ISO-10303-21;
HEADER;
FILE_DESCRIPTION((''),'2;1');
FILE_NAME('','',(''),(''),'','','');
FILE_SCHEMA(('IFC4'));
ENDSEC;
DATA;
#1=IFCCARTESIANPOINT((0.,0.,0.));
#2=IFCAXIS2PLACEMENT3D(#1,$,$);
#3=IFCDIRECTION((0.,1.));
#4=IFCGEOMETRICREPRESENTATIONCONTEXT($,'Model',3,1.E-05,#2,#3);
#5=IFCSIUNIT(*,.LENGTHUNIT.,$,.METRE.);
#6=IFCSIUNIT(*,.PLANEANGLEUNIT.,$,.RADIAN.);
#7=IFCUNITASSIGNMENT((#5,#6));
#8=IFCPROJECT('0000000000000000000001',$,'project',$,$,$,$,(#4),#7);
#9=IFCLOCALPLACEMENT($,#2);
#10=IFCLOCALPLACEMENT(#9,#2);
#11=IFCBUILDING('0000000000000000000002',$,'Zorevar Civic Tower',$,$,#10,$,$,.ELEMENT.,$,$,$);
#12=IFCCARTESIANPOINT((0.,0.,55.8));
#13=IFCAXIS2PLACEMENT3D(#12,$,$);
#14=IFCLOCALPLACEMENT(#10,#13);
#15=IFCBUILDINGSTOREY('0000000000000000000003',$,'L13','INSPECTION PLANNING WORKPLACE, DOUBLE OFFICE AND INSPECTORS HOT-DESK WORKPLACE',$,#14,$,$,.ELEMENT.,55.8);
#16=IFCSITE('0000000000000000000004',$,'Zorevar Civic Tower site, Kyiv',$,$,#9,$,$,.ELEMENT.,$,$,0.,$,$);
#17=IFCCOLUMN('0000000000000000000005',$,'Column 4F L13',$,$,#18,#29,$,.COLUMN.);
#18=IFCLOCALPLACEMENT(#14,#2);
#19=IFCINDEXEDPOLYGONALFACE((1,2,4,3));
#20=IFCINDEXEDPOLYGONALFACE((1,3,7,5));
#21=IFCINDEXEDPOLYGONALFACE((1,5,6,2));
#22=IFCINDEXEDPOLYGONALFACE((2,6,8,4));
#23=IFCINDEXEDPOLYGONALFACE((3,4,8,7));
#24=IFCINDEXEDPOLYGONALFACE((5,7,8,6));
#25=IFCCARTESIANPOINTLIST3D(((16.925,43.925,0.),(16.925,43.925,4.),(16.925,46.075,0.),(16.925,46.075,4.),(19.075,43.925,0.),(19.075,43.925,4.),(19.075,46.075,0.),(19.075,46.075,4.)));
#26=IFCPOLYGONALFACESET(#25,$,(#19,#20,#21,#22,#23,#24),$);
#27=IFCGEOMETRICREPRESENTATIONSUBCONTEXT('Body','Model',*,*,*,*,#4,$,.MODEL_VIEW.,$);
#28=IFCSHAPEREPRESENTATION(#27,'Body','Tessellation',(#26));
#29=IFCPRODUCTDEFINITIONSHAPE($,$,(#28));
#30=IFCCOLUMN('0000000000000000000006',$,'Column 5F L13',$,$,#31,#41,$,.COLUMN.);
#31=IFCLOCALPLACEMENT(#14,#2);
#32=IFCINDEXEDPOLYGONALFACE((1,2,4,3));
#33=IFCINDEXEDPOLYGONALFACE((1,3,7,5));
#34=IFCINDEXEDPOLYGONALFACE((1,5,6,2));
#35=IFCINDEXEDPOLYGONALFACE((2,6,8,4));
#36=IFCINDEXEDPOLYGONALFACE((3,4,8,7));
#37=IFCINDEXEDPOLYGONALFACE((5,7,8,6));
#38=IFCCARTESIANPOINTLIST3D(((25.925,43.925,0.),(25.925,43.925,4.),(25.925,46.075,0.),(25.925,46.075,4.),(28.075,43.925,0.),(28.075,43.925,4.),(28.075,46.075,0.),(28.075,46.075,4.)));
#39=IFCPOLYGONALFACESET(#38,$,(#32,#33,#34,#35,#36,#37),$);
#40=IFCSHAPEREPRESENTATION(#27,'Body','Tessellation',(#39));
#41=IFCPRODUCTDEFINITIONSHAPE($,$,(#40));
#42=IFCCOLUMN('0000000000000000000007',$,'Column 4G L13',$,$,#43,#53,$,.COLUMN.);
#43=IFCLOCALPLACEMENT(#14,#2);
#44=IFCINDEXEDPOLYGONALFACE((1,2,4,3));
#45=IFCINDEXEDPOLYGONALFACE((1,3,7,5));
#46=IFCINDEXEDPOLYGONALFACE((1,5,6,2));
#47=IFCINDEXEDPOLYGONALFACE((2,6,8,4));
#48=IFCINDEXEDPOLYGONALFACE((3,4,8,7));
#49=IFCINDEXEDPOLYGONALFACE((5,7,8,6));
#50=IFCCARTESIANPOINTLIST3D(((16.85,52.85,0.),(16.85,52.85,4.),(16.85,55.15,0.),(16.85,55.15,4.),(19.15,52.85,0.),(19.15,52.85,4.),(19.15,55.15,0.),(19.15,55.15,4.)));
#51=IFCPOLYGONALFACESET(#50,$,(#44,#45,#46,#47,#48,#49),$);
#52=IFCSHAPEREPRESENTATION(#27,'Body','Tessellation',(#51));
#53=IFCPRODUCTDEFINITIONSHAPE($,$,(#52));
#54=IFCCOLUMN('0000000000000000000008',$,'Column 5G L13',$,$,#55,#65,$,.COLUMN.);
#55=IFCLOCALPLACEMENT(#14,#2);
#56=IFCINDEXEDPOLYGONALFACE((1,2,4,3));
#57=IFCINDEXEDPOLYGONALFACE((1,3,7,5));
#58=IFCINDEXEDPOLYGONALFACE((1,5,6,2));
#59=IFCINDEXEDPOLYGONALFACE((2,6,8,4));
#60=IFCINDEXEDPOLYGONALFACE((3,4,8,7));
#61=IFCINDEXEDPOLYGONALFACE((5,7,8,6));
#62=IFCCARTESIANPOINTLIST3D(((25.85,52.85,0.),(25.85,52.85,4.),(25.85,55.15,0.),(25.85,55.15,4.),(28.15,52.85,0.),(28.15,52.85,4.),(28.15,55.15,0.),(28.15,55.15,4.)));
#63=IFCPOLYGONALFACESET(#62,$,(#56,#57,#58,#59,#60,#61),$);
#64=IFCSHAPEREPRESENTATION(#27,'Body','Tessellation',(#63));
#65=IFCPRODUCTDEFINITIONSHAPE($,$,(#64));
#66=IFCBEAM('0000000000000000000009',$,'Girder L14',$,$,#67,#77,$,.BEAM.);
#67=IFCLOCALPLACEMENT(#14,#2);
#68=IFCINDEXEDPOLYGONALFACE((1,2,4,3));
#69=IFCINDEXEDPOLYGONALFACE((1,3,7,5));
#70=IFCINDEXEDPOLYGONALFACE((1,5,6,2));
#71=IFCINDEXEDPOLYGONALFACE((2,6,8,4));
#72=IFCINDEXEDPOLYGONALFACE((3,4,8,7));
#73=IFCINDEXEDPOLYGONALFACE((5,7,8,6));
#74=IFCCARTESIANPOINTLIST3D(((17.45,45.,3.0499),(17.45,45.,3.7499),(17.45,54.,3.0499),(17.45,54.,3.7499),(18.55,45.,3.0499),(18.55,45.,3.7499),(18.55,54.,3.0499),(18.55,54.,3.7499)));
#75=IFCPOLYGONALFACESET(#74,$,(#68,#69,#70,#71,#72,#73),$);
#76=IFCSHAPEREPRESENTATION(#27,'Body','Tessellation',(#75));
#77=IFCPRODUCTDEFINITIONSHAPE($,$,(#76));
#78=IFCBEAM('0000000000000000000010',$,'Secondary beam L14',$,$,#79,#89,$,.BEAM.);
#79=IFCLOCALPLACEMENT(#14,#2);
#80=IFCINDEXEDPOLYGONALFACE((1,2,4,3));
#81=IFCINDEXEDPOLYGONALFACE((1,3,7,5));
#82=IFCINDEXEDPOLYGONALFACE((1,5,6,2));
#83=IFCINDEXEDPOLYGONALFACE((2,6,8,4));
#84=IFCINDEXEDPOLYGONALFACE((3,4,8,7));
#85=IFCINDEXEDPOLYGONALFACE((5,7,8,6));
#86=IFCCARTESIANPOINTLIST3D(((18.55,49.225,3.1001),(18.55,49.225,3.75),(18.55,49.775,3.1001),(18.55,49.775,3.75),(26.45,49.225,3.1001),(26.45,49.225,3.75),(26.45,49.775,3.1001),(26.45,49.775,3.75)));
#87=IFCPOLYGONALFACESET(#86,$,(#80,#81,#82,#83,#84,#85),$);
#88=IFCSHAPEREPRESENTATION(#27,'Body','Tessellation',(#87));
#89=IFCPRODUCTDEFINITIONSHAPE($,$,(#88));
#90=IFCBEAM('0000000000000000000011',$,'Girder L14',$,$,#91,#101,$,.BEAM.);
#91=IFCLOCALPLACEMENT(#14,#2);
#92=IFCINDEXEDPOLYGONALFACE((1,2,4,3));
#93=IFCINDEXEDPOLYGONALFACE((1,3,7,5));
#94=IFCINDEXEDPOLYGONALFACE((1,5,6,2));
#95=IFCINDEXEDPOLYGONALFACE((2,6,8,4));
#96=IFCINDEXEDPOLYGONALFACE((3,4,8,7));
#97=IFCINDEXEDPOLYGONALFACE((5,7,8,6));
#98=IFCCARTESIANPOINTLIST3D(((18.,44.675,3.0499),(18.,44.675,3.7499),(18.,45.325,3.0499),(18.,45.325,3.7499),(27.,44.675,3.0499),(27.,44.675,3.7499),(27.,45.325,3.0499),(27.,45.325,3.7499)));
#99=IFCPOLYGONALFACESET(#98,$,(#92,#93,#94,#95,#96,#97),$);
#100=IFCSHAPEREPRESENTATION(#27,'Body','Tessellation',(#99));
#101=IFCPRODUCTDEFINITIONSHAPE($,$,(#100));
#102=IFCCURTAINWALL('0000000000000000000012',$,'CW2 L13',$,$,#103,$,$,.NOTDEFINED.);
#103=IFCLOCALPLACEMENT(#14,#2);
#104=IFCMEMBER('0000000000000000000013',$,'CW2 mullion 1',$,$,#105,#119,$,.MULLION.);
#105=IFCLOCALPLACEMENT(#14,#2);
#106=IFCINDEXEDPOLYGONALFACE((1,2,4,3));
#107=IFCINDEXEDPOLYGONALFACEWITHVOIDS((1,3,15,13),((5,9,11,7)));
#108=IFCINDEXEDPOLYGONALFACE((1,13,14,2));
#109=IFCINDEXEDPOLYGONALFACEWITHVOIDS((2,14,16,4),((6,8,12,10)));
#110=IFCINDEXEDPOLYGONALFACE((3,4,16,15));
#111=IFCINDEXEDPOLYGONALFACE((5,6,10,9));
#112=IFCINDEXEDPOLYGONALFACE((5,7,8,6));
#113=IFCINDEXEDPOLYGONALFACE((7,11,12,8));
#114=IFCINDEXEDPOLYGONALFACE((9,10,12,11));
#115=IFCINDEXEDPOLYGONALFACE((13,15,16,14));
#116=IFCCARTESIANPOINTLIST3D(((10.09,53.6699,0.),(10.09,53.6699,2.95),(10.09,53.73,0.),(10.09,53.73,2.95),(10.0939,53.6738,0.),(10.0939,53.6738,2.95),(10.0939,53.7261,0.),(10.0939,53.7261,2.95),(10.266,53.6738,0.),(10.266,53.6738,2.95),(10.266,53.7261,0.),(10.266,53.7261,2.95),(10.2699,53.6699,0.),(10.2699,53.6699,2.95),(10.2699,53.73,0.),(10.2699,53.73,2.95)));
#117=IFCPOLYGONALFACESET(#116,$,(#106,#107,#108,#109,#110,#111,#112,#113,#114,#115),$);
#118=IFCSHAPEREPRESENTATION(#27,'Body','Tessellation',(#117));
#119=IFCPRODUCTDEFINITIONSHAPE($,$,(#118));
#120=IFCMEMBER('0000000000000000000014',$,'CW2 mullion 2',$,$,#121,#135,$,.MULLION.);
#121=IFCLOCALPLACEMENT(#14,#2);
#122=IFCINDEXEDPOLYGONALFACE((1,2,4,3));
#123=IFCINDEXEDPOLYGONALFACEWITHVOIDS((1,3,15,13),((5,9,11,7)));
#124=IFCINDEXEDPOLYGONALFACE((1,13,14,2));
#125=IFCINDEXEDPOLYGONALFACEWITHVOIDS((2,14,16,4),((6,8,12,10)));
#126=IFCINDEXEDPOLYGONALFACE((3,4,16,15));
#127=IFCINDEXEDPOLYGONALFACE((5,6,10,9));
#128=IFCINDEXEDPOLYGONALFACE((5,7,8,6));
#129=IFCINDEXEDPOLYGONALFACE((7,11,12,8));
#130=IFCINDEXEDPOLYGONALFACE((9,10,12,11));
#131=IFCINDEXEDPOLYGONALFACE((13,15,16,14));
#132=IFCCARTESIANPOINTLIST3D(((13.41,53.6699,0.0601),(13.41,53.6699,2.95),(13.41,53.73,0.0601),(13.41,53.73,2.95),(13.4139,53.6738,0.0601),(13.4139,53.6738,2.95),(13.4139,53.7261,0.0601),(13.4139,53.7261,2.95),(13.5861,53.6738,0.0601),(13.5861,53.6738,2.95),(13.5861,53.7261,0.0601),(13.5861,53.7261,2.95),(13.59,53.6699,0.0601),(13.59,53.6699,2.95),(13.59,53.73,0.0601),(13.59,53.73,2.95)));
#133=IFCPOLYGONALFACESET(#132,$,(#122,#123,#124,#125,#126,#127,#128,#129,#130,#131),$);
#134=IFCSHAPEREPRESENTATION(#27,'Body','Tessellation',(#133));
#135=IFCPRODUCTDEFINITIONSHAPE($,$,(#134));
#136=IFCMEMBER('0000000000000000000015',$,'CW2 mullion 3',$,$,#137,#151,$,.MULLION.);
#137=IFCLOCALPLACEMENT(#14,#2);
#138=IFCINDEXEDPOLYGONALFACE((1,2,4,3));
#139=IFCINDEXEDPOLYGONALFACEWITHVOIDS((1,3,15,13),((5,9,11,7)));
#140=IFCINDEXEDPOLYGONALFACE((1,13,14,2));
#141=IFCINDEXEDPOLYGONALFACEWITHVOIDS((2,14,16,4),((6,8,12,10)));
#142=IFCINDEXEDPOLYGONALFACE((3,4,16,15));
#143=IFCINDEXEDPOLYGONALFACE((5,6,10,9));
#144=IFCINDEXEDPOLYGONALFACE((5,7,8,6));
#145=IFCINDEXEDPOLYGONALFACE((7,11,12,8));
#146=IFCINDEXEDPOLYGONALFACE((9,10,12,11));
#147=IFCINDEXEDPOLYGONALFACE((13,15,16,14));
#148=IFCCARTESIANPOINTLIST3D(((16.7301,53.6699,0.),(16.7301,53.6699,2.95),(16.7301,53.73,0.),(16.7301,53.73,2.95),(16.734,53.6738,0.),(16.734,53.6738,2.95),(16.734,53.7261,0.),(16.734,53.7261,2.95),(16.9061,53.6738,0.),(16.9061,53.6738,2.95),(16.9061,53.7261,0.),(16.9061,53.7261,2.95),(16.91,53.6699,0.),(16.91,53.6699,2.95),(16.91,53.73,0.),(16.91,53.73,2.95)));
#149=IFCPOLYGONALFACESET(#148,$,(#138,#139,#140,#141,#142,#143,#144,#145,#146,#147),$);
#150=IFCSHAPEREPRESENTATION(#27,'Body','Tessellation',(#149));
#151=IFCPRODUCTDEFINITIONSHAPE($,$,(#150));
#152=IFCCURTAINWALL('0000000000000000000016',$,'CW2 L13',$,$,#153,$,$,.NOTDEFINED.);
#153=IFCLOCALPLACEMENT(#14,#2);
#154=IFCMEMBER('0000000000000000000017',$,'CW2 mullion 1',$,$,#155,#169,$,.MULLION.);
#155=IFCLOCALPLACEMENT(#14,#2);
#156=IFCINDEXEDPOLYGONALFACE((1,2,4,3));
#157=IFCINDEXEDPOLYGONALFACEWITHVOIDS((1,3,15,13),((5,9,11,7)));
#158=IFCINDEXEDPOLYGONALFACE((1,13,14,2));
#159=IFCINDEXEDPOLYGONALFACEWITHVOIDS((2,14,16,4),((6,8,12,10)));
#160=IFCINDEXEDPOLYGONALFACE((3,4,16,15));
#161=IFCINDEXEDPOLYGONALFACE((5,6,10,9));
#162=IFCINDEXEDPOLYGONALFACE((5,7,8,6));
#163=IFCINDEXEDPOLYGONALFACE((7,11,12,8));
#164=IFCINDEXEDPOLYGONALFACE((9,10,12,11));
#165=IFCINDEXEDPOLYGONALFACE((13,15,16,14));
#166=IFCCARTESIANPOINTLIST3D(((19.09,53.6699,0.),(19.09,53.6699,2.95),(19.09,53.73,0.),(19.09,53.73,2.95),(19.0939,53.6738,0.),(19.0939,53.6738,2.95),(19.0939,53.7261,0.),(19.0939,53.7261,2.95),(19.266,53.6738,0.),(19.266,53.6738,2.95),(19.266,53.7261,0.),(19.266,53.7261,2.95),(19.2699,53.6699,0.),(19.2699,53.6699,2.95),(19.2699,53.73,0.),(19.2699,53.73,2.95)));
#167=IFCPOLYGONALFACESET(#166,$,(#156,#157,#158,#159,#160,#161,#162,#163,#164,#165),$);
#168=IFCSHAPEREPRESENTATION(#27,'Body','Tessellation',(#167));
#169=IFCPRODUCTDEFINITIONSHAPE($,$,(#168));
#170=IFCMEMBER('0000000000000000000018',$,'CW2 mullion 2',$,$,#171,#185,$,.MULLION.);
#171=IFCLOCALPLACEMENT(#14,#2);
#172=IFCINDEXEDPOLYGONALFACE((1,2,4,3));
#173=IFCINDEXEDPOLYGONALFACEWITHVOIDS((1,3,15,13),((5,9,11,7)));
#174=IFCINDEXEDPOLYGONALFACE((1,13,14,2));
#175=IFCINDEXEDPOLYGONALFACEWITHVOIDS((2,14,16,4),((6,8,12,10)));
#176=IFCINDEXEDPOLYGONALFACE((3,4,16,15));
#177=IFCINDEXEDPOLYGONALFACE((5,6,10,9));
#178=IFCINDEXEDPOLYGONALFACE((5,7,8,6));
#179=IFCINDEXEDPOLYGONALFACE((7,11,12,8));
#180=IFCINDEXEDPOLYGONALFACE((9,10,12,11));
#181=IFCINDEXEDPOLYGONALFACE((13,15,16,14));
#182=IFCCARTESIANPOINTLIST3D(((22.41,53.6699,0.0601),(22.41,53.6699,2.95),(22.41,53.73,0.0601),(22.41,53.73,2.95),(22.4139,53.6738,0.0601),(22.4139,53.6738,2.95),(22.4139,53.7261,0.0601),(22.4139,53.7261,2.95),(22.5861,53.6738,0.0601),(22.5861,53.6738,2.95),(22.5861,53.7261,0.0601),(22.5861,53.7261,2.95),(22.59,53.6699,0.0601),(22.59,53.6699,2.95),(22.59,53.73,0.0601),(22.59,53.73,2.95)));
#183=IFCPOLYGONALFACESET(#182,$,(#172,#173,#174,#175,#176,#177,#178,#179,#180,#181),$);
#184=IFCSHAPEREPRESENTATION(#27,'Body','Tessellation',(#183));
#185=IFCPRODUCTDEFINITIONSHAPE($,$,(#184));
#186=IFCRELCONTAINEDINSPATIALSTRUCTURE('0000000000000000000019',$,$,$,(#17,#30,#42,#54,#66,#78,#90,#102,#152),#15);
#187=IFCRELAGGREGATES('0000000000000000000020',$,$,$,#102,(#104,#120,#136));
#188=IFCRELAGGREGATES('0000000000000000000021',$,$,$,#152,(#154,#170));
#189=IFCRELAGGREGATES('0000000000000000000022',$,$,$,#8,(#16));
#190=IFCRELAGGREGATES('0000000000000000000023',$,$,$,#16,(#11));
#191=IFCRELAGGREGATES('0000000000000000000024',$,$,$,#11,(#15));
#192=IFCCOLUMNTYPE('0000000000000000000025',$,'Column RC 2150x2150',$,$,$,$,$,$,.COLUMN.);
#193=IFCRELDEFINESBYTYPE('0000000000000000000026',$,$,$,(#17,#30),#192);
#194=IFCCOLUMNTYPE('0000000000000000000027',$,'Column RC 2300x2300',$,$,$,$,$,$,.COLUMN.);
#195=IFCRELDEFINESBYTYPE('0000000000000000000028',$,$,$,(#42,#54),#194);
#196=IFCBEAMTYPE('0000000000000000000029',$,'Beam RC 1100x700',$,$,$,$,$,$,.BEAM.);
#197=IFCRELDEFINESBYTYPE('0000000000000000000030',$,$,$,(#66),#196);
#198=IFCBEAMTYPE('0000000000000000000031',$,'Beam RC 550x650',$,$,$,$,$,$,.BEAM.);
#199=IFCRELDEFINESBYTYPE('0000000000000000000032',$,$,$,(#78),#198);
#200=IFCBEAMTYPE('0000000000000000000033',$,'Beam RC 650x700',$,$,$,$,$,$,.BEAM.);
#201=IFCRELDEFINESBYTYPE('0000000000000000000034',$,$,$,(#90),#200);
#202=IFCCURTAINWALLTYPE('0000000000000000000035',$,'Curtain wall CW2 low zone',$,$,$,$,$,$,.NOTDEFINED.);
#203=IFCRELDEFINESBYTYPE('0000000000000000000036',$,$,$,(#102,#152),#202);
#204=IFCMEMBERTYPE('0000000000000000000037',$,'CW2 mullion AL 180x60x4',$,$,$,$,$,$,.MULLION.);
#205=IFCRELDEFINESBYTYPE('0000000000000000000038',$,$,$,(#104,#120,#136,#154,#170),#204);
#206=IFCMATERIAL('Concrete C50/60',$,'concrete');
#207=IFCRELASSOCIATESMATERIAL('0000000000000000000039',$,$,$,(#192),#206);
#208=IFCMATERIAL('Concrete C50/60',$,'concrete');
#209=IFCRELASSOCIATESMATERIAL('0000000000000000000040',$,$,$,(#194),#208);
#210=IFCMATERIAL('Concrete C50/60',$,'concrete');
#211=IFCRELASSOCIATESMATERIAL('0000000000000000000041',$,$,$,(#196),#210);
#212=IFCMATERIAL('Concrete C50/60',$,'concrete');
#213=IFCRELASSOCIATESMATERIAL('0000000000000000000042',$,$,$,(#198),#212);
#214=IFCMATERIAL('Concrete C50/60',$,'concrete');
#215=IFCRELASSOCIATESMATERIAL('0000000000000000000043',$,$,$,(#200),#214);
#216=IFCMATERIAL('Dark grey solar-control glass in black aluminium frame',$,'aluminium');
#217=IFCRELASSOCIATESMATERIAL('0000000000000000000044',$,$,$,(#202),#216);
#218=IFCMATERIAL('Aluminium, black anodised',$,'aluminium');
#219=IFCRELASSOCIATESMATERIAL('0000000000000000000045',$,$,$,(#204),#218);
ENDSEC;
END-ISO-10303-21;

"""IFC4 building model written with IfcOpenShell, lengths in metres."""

from ifc_helpers import new_model, si_unit, direction, frame, origin, origin_2d, place, context, subcontext, project, spatial, rectangle, hollow_rectangle, extrude, material, material_profile, profile_set, type_object, element, aggregate, save


model = new_model("IFC4")

# Units and contexts
model_context = context("Model", 3, precision=1e-05, world=origin(), true_north=direction((0.0, 1.0)))
body_context = subcontext(model_context, "Body", "Model", "MODEL_VIEW")
ifc_project = project(units=[si_unit("LENGTHUNIT", "METRE"), si_unit("PLANEANGLEUNIT", "RADIAN")], contexts=[model_context])

# Site, building, storey
site_placement = place(None, origin())
site = spatial("IfcSite", under=ifc_project, at=site_placement, Name="Zorevar Civic Tower site, Kyiv", CompositionType="ELEMENT", RefElevation=0.0)
building_placement = place(site_placement, origin())
building = spatial("IfcBuilding", under=site, at=building_placement, Name="Zorevar Civic Tower", CompositionType="ELEMENT")
storey_placement = place(building_placement, frame((0.0, 0.0, 55.8)))
storey = spatial("IfcBuildingStorey", under=building, at=storey_placement, Name="L13", Description="INSPECTION PLANNING WORKPLACE, DOUBLE OFFICE AND INSPECTORS HOT-DESK WORKPLACE", CompositionType="ELEMENT", Elevation=55.8)

# Columns
ifc_material_1 = material(Name="Concrete C50/60", Category="concrete")
ifc_material_profile_1 = material_profile(ifc_material_1, rectangle(XDim=2.1499, YDim=2.1499, at=origin_2d()), Name="RC 2150x2150")
ifc_profile_set_1 = profile_set([ifc_material_profile_1], Name="Concrete C50/60")
column_type_1 = type_object("IfcColumnType", Name="Column RC 2150x2150", PredefinedType="COLUMN", material=ifc_profile_set_1)
for number, where, z_axis, x_axis, name in (
    (1, (18.0, 45.0, 0.0), (0.0, 0.0, 1.0), (1.0, 0.0, 0.0), "Column 4F L13"),
    (2, (27.0, 45.0, 0.0), (0.0, 0.0, 1.0), (1.0, 0.0, 0.0), "Column 5F L13"),
):
    element("IfcColumn", number, at=place(storey_placement, frame(where, z_axis=z_axis, x_axis=x_axis)), inside=storey, type_object=column_type_1, Name=name, PredefinedType="COLUMN", context=body_context, shape_type="SweptSolid", body=[
        extrude(rectangle(XDim=2.1499, YDim=2.1499, at=origin_2d()), origin(), (0.0, 0.0, 1.0), 4.0),
    ])
ifc_material_2 = material(Name="Concrete C50/60", Category="concrete")
ifc_material_profile_2 = material_profile(ifc_material_2, rectangle(XDim=2.3, YDim=2.3, at=origin_2d()), Name="RC 2300x2300")
ifc_profile_set_2 = profile_set([ifc_material_profile_2], Name="Concrete C50/60")
column_type_2 = type_object("IfcColumnType", Name="Column RC 2300x2300", PredefinedType="COLUMN", material=ifc_profile_set_2)
for number, where, z_axis, x_axis, name in (
    (3, (18.0, 54.0, 0.0), (0.0, 0.0, 1.0), (1.0, 0.0, 0.0), "Column 4G L13"),
    (4, (27.0, 54.0, 0.0), (0.0, 0.0, 1.0), (1.0, 0.0, 0.0), "Column 5G L13"),
):
    element("IfcColumn", number, at=place(storey_placement, frame(where, z_axis=z_axis, x_axis=x_axis)), inside=storey, type_object=column_type_2, Name=name, PredefinedType="COLUMN", context=body_context, shape_type="SweptSolid", body=[
        extrude(rectangle(XDim=2.3, YDim=2.3, at=origin_2d()), origin(), (0.0, 0.0, 1.0), 4.0),
    ])

# Beams
ifc_material_3 = material(Name="Concrete C50/60", Category="concrete")
ifc_material_profile_3 = material_profile(ifc_material_3, rectangle(XDim=1.1001, YDim=0.7, at=origin_2d()), Name="RC 1100x700")
ifc_profile_set_3 = profile_set([ifc_material_profile_3], Name="Concrete C50/60")
beam_type_1 = type_object("IfcBeamType", Name="Beam RC 1100x700", PredefinedType="BEAM", material=ifc_profile_set_3)
beam_1_placement = place(storey_placement, frame((18.0, 45.0, 3.3999), z_axis=(0.0, 1.0, 0.0), x_axis=(-1.0, 0.0, 0.0)))
element("IfcBeam", 5, at=beam_1_placement, inside=storey, type_object=beam_type_1, Name="Girder L14", PredefinedType="BEAM", context=body_context, shape_type="SweptSolid", body=[
    extrude(rectangle(XDim=1.1001, YDim=0.7, at=origin_2d()), origin(), (0.0, 0.0, 1.0), 9.0),
])
ifc_material_4 = material(Name="Concrete C50/60", Category="concrete")
ifc_material_profile_4 = material_profile(ifc_material_4, rectangle(XDim=0.55, YDim=0.6499, at=origin_2d()), Name="RC 550x650")
ifc_profile_set_4 = profile_set([ifc_material_profile_4], Name="Concrete C50/60")
beam_type_2 = type_object("IfcBeamType", Name="Beam RC 550x650", PredefinedType="BEAM", material=ifc_profile_set_4)
beam_2_placement = place(storey_placement, frame((18.55, 49.5, 3.425), z_axis=(1.0, 0.0, 0.0), x_axis=(0.0, 1.0, 0.0)))
element("IfcBeam", 6, at=beam_2_placement, inside=storey, type_object=beam_type_2, Name="Secondary beam L14", PredefinedType="BEAM", context=body_context, shape_type="SweptSolid", body=[
    extrude(rectangle(XDim=0.55, YDim=0.6499, at=origin_2d()), origin(), (0.0, 0.0, 1.0), 7.8999),
])
ifc_material_5 = material(Name="Concrete C50/60", Category="concrete")
ifc_material_profile_5 = material_profile(ifc_material_5, rectangle(XDim=0.6499, YDim=0.7, at=origin_2d()), Name="RC 650x700")
ifc_profile_set_5 = profile_set([ifc_material_profile_5], Name="Concrete C50/60")
beam_type_3 = type_object("IfcBeamType", Name="Beam RC 650x700", PredefinedType="BEAM", material=ifc_profile_set_5)
beam_3_placement = place(storey_placement, frame((18.0, 45.0, 3.3999), z_axis=(1.0, 0.0, 0.0), x_axis=(0.0, 1.0, 0.0)))
element("IfcBeam", 7, at=beam_3_placement, inside=storey, type_object=beam_type_3, Name="Girder L14", PredefinedType="BEAM", context=body_context, shape_type="SweptSolid", body=[
    extrude(rectangle(XDim=0.6499, YDim=0.7, at=origin_2d()), origin(), (0.0, 0.0, 1.0), 9.0),
])

# Curtain walls, members
ifc_material_6 = material(Name="Dark grey solar-control glass in black aluminium frame", Category="aluminium")
curtain_wall_type = type_object("IfcCurtainWallType", Name="Curtain wall CW2 low zone", PredefinedType="NOTDEFINED", material=ifc_material_6)
curtain_wall_1_placement = place(storey_placement, origin())
curtain_wall_1 = element("IfcCurtainWall", 8, at=curtain_wall_1_placement, inside=storey, type_object=curtain_wall_type, Name="CW2 L13", PredefinedType="NOTDEFINED")
ifc_material_7 = material(Name="Aluminium, black anodised", Category="aluminium")
ifc_material_profile_6 = material_profile(ifc_material_7, hollow_rectangle(XDim=0.0601, YDim=0.1799, WallThickness=0.0039, at=origin_2d()), Name="AL 180x60x4")
ifc_profile_set_6 = profile_set([ifc_material_profile_6], Name="Aluminium, black anodised")
member_type_1 = type_object("IfcMemberType", Name="CW2 mullion AL 180x60x4", PredefinedType="MULLION", material=ifc_profile_set_6)
member_1_placement = place(storey_placement, frame((10.1799, 53.7, 0.0), z_axis=(0.0, 0.0, 1.0), x_axis=(0.0, 1.0, 0.0)))
member_1 = element("IfcMember", 9, at=member_1_placement, type_object=member_type_1, Name="CW2 mullion 1", PredefinedType="MULLION", context=body_context, shape_type="SweptSolid", body=[
    extrude(hollow_rectangle(XDim=0.0601, YDim=0.1799, WallThickness=0.0039, at=origin_2d()), origin(), (0.0, 0.0, 1.0), 2.95),
])
member_2_placement = place(storey_placement, frame((13.5, 53.7, 0.0601), z_axis=(0.0, 0.0, 1.0), x_axis=(0.0, 1.0, 0.0)))
member_2 = element("IfcMember", 10, at=member_2_placement, type_object=member_type_1, Name="CW2 mullion 2", PredefinedType="MULLION", context=body_context, shape_type="SweptSolid", body=[
    extrude(hollow_rectangle(XDim=0.0601, YDim=0.1799, WallThickness=0.0039, at=origin_2d()), origin(), (0.0, 0.0, 1.0), 2.8899),
])
member_3_placement = place(storey_placement, frame((16.8201, 53.7, 0.0), z_axis=(0.0, 0.0, 1.0), x_axis=(0.0, 1.0, 0.0)))
member_3 = element("IfcMember", 11, at=member_3_placement, type_object=member_type_1, Name="CW2 mullion 3", PredefinedType="MULLION", context=body_context, shape_type="SweptSolid", body=[
    extrude(hollow_rectangle(XDim=0.0601, YDim=0.1799, WallThickness=0.0039, at=origin_2d()), origin(), (0.0, 0.0, 1.0), 2.95),
])
curtain_wall_2_placement = place(storey_placement, origin())
curtain_wall_2 = element("IfcCurtainWall", 12, at=curtain_wall_2_placement, inside=storey, type_object=curtain_wall_type, Name="CW2 L13", PredefinedType="NOTDEFINED")
member_4_placement = place(storey_placement, frame((19.1799, 53.7, 0.0), z_axis=(0.0, 0.0, 1.0), x_axis=(0.0, 1.0, 0.0)))
member_4 = element("IfcMember", 13, at=member_4_placement, type_object=member_type_1, Name="CW2 mullion 1", PredefinedType="MULLION", context=body_context, shape_type="SweptSolid", body=[
    extrude(hollow_rectangle(XDim=0.0601, YDim=0.1799, WallThickness=0.0039, at=origin_2d()), origin(), (0.0, 0.0, 1.0), 2.95),
])
member_5_placement = place(storey_placement, frame((22.5, 53.7, 0.0601), z_axis=(0.0, 0.0, 1.0), x_axis=(0.0, 1.0, 0.0)))
member_5 = element("IfcMember", 14, at=member_5_placement, type_object=member_type_1, Name="CW2 mullion 2", PredefinedType="MULLION", context=body_context, shape_type="SweptSolid", body=[
    extrude(hollow_rectangle(XDim=0.0601, YDim=0.1799, WallThickness=0.0039, at=origin_2d()), origin(), (0.0, 0.0, 1.0), 2.8899),
])

aggregate(curtain_wall_1, [member_1, member_2, member_3])
aggregate(curtain_wall_2, [member_4, member_5])

save(model, "model.ifc")
